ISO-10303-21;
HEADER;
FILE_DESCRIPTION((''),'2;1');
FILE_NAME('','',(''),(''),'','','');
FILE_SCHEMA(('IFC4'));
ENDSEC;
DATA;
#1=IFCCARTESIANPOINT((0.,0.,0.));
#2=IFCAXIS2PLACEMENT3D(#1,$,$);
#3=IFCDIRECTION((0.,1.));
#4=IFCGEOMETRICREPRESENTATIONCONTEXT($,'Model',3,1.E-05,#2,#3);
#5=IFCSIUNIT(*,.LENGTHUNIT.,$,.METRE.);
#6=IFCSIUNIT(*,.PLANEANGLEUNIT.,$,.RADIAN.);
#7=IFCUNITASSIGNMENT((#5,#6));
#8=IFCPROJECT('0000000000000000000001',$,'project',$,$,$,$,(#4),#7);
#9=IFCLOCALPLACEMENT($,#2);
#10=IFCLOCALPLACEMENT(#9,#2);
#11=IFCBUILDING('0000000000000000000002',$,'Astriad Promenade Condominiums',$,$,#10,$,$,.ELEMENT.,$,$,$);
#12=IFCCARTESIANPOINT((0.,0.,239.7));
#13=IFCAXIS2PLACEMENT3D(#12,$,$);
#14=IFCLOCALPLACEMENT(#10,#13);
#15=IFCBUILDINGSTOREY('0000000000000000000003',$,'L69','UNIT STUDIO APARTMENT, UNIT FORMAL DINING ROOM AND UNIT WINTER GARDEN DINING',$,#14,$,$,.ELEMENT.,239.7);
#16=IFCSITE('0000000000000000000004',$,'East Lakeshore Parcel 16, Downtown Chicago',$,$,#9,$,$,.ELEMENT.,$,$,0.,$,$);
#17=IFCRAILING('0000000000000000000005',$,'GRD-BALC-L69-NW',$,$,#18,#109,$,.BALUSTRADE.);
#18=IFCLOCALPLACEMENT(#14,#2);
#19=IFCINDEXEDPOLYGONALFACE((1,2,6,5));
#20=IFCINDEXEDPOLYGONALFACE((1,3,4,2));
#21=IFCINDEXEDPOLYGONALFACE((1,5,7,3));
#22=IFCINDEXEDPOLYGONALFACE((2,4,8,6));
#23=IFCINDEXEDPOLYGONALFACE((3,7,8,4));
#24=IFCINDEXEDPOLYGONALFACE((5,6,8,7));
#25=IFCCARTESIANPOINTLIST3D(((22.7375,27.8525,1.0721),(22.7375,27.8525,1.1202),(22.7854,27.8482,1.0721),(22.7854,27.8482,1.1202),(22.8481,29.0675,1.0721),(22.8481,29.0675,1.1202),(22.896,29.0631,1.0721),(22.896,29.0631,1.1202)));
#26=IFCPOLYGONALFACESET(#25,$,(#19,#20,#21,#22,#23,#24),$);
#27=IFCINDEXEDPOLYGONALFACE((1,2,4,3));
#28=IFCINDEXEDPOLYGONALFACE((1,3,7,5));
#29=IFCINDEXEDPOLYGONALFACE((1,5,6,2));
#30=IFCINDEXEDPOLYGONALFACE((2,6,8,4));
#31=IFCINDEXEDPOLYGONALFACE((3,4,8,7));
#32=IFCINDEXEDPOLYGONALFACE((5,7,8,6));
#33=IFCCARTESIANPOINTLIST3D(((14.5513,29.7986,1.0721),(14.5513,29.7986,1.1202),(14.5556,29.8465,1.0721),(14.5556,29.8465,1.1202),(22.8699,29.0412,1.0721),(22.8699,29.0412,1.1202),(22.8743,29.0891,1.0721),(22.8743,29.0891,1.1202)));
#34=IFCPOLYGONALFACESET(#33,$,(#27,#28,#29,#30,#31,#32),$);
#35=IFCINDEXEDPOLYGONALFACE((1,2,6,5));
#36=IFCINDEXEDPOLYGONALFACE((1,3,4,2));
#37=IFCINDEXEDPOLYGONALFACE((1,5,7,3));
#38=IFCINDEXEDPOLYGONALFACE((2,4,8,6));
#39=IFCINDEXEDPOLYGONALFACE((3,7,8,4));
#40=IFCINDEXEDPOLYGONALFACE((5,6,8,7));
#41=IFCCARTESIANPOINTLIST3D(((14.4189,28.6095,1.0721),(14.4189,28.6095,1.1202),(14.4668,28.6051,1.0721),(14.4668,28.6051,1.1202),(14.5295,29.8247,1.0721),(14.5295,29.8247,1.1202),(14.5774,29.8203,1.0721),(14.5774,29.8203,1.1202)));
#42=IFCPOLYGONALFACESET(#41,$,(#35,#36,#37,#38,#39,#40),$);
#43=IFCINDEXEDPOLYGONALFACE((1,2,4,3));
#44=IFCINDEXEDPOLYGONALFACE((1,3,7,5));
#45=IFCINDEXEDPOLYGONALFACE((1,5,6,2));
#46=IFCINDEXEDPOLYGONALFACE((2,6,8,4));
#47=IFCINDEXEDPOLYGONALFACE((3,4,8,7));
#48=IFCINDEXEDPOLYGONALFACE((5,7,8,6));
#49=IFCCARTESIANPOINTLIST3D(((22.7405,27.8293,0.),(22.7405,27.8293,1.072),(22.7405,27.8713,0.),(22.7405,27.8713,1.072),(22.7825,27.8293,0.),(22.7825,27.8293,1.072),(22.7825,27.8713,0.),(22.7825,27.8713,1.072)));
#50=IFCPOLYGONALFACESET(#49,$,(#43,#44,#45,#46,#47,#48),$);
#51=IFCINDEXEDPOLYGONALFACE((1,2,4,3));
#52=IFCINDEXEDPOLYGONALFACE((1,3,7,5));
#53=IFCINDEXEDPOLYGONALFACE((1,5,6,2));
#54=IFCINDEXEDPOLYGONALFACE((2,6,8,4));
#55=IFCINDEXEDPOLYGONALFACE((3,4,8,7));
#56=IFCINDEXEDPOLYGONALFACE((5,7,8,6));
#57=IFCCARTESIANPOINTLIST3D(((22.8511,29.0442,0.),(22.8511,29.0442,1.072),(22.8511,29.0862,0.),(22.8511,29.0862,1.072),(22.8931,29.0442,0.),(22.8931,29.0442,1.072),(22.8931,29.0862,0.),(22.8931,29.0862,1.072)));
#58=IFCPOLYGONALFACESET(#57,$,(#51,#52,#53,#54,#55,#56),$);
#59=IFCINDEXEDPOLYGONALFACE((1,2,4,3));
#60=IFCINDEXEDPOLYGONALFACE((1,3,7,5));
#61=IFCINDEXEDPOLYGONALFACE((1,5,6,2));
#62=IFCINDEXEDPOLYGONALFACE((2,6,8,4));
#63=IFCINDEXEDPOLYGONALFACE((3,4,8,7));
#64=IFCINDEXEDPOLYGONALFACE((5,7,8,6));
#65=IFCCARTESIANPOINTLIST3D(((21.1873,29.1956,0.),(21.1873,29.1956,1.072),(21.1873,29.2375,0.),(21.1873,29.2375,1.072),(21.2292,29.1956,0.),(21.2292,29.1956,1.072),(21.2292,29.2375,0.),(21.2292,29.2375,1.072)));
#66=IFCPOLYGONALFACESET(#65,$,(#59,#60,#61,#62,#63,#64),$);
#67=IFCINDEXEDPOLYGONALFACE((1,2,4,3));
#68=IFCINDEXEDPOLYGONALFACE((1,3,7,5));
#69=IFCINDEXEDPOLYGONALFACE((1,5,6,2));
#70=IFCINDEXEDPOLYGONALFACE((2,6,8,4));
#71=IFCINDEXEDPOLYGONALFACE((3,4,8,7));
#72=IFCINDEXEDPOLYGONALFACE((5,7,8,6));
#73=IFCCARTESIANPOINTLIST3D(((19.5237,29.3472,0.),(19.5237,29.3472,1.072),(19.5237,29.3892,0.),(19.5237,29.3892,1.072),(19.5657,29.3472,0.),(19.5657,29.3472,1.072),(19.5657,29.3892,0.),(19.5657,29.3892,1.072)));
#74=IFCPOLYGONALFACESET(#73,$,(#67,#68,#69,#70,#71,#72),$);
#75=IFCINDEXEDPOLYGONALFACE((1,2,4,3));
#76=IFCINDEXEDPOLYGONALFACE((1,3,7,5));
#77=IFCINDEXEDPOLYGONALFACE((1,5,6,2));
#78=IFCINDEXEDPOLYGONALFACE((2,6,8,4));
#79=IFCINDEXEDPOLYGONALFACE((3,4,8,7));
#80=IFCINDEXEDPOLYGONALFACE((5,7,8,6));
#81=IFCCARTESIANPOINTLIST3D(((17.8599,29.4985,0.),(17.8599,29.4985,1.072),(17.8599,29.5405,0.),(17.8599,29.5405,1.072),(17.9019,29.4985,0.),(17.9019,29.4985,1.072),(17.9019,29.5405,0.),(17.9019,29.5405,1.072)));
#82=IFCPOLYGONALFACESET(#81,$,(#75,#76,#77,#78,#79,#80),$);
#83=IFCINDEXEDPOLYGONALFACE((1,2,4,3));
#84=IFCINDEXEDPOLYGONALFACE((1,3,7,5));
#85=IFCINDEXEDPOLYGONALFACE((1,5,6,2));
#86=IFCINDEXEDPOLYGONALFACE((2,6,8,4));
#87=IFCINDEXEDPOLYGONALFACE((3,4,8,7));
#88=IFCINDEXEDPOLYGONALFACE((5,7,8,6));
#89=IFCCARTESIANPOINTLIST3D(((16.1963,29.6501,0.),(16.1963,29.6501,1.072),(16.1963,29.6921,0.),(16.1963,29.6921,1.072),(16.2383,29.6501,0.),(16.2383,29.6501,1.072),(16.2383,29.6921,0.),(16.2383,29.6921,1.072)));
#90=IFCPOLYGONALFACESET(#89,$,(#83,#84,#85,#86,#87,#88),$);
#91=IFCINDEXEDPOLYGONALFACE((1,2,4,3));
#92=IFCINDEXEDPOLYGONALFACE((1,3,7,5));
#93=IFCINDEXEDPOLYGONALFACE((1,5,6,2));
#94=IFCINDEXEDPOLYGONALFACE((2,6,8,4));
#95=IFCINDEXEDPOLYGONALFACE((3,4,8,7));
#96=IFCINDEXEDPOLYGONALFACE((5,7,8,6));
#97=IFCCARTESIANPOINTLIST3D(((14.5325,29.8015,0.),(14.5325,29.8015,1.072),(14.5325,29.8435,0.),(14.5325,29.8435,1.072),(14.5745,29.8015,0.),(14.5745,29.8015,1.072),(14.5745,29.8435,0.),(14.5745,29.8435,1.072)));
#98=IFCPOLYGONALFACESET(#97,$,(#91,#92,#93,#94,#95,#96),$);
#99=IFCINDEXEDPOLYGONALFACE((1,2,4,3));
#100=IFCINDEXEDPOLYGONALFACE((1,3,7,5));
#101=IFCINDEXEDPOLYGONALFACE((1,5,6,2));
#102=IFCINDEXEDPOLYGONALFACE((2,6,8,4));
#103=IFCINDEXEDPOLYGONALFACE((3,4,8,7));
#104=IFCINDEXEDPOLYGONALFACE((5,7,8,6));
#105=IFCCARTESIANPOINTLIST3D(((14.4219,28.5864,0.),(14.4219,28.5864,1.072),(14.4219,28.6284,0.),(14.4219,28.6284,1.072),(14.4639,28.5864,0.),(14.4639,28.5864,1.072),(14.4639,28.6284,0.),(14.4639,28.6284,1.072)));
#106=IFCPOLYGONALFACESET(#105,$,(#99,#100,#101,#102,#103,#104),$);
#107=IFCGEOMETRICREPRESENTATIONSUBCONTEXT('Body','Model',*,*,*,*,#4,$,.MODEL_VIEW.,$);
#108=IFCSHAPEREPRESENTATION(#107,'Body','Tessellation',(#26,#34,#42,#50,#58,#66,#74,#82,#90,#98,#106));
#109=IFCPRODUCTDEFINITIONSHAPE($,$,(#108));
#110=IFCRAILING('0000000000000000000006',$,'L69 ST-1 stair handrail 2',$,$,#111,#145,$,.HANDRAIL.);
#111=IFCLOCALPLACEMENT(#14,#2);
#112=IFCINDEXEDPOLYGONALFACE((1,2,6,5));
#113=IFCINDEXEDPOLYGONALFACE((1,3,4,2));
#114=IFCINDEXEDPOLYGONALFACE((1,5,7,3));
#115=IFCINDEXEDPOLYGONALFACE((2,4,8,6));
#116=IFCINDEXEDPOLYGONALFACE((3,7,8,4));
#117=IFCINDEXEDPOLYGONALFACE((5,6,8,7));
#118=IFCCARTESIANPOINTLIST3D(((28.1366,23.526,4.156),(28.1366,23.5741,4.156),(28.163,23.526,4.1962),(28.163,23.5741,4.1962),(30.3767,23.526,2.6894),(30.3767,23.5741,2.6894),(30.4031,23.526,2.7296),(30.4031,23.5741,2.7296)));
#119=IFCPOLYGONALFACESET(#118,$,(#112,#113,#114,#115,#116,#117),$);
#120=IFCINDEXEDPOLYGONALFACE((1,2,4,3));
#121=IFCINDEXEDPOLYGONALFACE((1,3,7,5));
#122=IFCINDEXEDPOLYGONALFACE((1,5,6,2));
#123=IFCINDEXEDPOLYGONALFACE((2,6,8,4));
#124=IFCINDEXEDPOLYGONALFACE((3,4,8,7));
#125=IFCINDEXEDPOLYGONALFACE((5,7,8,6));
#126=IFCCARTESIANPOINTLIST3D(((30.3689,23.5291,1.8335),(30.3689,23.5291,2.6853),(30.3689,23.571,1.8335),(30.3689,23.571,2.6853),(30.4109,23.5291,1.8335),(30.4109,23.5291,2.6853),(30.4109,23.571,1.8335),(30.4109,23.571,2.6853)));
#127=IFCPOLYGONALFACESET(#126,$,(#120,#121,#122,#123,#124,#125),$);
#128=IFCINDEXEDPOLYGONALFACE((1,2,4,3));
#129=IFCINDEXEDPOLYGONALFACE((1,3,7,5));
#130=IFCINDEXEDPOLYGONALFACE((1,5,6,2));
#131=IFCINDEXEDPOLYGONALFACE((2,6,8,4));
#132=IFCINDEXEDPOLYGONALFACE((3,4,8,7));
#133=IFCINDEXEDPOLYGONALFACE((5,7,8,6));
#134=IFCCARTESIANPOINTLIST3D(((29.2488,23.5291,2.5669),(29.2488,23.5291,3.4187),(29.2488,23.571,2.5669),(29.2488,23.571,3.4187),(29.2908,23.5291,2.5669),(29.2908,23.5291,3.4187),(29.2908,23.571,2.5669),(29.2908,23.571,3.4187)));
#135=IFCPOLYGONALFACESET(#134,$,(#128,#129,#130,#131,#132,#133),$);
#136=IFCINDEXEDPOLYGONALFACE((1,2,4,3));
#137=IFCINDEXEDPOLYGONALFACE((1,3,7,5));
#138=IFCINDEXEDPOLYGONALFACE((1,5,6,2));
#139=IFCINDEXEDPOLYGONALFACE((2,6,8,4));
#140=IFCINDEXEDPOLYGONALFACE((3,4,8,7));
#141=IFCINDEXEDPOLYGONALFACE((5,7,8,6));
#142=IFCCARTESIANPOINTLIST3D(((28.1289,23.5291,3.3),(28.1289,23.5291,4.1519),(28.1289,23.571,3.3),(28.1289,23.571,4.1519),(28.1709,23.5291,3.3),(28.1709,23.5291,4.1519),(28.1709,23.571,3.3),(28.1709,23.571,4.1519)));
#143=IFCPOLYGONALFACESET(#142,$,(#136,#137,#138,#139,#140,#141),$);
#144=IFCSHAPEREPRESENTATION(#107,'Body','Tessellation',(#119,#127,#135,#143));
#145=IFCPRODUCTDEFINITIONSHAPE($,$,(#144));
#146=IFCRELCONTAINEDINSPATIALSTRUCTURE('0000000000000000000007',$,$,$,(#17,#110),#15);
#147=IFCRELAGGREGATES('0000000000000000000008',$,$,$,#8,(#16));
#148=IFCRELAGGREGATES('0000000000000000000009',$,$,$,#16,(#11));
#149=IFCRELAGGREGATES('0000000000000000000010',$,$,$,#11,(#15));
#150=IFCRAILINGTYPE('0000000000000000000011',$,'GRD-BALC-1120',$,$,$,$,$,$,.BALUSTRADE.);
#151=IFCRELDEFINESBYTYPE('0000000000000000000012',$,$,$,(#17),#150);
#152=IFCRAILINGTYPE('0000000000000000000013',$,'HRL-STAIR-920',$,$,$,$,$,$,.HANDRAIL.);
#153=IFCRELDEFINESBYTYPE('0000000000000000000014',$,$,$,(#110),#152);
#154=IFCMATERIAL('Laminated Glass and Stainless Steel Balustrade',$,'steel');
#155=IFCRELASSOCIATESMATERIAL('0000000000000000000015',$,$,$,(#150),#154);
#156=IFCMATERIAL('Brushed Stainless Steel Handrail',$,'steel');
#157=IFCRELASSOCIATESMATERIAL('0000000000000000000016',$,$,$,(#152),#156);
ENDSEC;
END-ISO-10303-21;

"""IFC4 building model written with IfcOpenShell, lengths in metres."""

from ifc_helpers import new_model, si_unit, direction, frame, origin, origin_2d, place, context, subcontext, project, spatial, rectangle, extrude, source, transform, mapped, material, type_object, type_shapes, element, save


model = new_model("IFC4")

# Units and contexts
model_context = context("Model", 3, precision=1e-05, world=origin(), true_north=direction((0.0, 1.0)))
body_context = subcontext(model_context, "Body", "Model", "MODEL_VIEW")
ifc_project = project(units=[si_unit("LENGTHUNIT", "METRE"), si_unit("PLANEANGLEUNIT", "RADIAN")], contexts=[model_context])

# Site, building, storey
site_placement = place(None, origin())
site = spatial("IfcSite", under=ifc_project, at=site_placement, Name="East Lakeshore Parcel 16, Downtown Chicago", CompositionType="ELEMENT", RefElevation=0.0)
building_placement = place(site_placement, origin())
building = spatial("IfcBuilding", under=site, at=building_placement, Name="Astriad Promenade Condominiums", CompositionType="ELEMENT")
storey_placement = place(building_placement, frame((0.0, 0.0, 239.7)))
storey = spatial("IfcBuildingStorey", under=building, at=storey_placement, Name="L69", Description="UNIT STUDIO APARTMENT, UNIT FORMAL DINING ROOM AND UNIT WINTER GARDEN DINING", CompositionType="ELEMENT", Elevation=239.7)

# Railings
ifc_material_1 = material(Name="Laminated Glass and Stainless Steel Balustrade", Category="steel")
railing_type_1 = type_object("IfcRailingType", Name="GRD-BALC-1120", PredefinedType="BALUSTRADE", material=ifc_material_1)
shared_shape_1 = source(origin(), body_context, "Body", "SweptSolid", [
    extrude(rectangle(XDim=0.0481, YDim=0.0481, at=origin_2d()), frame((0.0, 0.0, 1.0962), z_axis=(0.090662, 0.995882, 0.0), x_axis=(-0.995882, 0.090662, 0.0)), (0.0, 0.0, 1.0), 1.22),
    extrude(rectangle(XDim=0.0481, YDim=0.0481, at=origin_2d()), frame((0.1106, 1.2148, 1.0962), z_axis=(-0.995881, 0.090665, 0.0), x_axis=(-0.090665, -0.995881, 0.0)), (0.0, 0.0, 1.0), 8.353),
    extrude(rectangle(XDim=0.0481, YDim=0.0481, at=origin_2d()), frame((-8.208, 1.9722, 1.0962), z_axis=(-0.090644, -0.995883, 0.0), x_axis=(0.995883, -0.090644, 0.0)), (0.0, 0.0, 1.0), 1.2202),
    extrude(rectangle(XDim=0.042, YDim=0.042, at=origin_2d()), origin(), (0.0, 0.0, 1.0), 1.072),
    extrude(rectangle(XDim=0.042, YDim=0.042, at=origin_2d()), frame((0.1106, 1.2148, 0.0)), (0.0, 0.0, 1.0), 1.072),
    extrude(rectangle(XDim=0.042, YDim=0.042, at=origin_2d()), frame((-1.5532, 1.3662, 0.0)), (0.0, 0.0, 1.0), 1.072),
    extrude(rectangle(XDim=0.042, YDim=0.042, at=origin_2d()), frame((-3.2168, 1.5178, 0.0)), (0.0, 0.0, 1.0), 1.072),
    extrude(rectangle(XDim=0.042, YDim=0.042, at=origin_2d()), frame((-4.8806, 1.6692, 0.0)), (0.0, 0.0, 1.0), 1.072),
    extrude(rectangle(XDim=0.042, YDim=0.042, at=origin_2d()), frame((-6.5442, 1.8208, 0.0)), (0.0, 0.0, 1.0), 1.072),
    extrude(rectangle(XDim=0.042, YDim=0.042, at=origin_2d()), frame((-8.208, 1.9722, 0.0)), (0.0, 0.0, 1.0), 1.072),
    extrude(rectangle(XDim=0.042, YDim=0.042, at=origin_2d()), frame((-8.3186, 0.7571, 0.0)), (0.0, 0.0, 1.0), 1.072),
])
type_shapes(railing_type_1, [shared_shape_1])
railing_1_placement = place(storey_placement, frame((22.7615, 27.8503, 0.0)))
element("IfcRailing", 1, at=railing_1_placement, inside=storey, type_object=railing_type_1, Name="GRD-BALC-L69-NW", PredefinedType="BALUSTRADE", context=body_context, shape_type="MappedRepresentation", body=[
    mapped(shared_shape_1, transform((0.0, 0.0, 0.0), scale=1.0)),
])
ifc_material_2 = material(Name="Brushed Stainless Steel Handrail", Category="steel")
railing_type_2 = type_object("IfcRailingType", Name="HRL-STAIR-920", PredefinedType="HANDRAIL", material=ifc_material_2)
shared_shape_2 = source(origin(), body_context, "Body", "SweptSolid", [
    extrude(rectangle(XDim=0.0481, YDim=0.0481, at=origin_2d()), frame((0.0, 0.0, 0.876), z_axis=(-0.836637, 0.0, 0.547758), x_axis=(0.0, -1.0, 0.0)), (0.0, 0.0, 1.0), 2.6775),
    extrude(rectangle(XDim=0.042, YDim=0.042, at=origin_2d()), origin(), (0.0, 0.0, 1.0), 0.8518),
    extrude(rectangle(XDim=0.042, YDim=0.042, at=origin_2d()), frame((-1.1201, 0.0, 0.7334)), (0.0, 0.0, 1.0), 0.8518),
    extrude(rectangle(XDim=0.042, YDim=0.042, at=origin_2d()), frame((-2.24, 0.0, 1.4666)), (0.0, 0.0, 1.0), 0.8518),
])
type_shapes(railing_type_2, [shared_shape_2])
railing_2_placement = place(storey_placement, frame((30.3899, 23.55, 1.8335)))
element("IfcRailing", 2, at=railing_2_placement, inside=storey, type_object=railing_type_2, Name="L69 ST-1 stair handrail 2", PredefinedType="HANDRAIL", context=body_context, shape_type="MappedRepresentation", body=[
    mapped(shared_shape_2, transform((0.0, 0.0, 0.0), scale=1.0)),
])

save(model, "model.ifc")
